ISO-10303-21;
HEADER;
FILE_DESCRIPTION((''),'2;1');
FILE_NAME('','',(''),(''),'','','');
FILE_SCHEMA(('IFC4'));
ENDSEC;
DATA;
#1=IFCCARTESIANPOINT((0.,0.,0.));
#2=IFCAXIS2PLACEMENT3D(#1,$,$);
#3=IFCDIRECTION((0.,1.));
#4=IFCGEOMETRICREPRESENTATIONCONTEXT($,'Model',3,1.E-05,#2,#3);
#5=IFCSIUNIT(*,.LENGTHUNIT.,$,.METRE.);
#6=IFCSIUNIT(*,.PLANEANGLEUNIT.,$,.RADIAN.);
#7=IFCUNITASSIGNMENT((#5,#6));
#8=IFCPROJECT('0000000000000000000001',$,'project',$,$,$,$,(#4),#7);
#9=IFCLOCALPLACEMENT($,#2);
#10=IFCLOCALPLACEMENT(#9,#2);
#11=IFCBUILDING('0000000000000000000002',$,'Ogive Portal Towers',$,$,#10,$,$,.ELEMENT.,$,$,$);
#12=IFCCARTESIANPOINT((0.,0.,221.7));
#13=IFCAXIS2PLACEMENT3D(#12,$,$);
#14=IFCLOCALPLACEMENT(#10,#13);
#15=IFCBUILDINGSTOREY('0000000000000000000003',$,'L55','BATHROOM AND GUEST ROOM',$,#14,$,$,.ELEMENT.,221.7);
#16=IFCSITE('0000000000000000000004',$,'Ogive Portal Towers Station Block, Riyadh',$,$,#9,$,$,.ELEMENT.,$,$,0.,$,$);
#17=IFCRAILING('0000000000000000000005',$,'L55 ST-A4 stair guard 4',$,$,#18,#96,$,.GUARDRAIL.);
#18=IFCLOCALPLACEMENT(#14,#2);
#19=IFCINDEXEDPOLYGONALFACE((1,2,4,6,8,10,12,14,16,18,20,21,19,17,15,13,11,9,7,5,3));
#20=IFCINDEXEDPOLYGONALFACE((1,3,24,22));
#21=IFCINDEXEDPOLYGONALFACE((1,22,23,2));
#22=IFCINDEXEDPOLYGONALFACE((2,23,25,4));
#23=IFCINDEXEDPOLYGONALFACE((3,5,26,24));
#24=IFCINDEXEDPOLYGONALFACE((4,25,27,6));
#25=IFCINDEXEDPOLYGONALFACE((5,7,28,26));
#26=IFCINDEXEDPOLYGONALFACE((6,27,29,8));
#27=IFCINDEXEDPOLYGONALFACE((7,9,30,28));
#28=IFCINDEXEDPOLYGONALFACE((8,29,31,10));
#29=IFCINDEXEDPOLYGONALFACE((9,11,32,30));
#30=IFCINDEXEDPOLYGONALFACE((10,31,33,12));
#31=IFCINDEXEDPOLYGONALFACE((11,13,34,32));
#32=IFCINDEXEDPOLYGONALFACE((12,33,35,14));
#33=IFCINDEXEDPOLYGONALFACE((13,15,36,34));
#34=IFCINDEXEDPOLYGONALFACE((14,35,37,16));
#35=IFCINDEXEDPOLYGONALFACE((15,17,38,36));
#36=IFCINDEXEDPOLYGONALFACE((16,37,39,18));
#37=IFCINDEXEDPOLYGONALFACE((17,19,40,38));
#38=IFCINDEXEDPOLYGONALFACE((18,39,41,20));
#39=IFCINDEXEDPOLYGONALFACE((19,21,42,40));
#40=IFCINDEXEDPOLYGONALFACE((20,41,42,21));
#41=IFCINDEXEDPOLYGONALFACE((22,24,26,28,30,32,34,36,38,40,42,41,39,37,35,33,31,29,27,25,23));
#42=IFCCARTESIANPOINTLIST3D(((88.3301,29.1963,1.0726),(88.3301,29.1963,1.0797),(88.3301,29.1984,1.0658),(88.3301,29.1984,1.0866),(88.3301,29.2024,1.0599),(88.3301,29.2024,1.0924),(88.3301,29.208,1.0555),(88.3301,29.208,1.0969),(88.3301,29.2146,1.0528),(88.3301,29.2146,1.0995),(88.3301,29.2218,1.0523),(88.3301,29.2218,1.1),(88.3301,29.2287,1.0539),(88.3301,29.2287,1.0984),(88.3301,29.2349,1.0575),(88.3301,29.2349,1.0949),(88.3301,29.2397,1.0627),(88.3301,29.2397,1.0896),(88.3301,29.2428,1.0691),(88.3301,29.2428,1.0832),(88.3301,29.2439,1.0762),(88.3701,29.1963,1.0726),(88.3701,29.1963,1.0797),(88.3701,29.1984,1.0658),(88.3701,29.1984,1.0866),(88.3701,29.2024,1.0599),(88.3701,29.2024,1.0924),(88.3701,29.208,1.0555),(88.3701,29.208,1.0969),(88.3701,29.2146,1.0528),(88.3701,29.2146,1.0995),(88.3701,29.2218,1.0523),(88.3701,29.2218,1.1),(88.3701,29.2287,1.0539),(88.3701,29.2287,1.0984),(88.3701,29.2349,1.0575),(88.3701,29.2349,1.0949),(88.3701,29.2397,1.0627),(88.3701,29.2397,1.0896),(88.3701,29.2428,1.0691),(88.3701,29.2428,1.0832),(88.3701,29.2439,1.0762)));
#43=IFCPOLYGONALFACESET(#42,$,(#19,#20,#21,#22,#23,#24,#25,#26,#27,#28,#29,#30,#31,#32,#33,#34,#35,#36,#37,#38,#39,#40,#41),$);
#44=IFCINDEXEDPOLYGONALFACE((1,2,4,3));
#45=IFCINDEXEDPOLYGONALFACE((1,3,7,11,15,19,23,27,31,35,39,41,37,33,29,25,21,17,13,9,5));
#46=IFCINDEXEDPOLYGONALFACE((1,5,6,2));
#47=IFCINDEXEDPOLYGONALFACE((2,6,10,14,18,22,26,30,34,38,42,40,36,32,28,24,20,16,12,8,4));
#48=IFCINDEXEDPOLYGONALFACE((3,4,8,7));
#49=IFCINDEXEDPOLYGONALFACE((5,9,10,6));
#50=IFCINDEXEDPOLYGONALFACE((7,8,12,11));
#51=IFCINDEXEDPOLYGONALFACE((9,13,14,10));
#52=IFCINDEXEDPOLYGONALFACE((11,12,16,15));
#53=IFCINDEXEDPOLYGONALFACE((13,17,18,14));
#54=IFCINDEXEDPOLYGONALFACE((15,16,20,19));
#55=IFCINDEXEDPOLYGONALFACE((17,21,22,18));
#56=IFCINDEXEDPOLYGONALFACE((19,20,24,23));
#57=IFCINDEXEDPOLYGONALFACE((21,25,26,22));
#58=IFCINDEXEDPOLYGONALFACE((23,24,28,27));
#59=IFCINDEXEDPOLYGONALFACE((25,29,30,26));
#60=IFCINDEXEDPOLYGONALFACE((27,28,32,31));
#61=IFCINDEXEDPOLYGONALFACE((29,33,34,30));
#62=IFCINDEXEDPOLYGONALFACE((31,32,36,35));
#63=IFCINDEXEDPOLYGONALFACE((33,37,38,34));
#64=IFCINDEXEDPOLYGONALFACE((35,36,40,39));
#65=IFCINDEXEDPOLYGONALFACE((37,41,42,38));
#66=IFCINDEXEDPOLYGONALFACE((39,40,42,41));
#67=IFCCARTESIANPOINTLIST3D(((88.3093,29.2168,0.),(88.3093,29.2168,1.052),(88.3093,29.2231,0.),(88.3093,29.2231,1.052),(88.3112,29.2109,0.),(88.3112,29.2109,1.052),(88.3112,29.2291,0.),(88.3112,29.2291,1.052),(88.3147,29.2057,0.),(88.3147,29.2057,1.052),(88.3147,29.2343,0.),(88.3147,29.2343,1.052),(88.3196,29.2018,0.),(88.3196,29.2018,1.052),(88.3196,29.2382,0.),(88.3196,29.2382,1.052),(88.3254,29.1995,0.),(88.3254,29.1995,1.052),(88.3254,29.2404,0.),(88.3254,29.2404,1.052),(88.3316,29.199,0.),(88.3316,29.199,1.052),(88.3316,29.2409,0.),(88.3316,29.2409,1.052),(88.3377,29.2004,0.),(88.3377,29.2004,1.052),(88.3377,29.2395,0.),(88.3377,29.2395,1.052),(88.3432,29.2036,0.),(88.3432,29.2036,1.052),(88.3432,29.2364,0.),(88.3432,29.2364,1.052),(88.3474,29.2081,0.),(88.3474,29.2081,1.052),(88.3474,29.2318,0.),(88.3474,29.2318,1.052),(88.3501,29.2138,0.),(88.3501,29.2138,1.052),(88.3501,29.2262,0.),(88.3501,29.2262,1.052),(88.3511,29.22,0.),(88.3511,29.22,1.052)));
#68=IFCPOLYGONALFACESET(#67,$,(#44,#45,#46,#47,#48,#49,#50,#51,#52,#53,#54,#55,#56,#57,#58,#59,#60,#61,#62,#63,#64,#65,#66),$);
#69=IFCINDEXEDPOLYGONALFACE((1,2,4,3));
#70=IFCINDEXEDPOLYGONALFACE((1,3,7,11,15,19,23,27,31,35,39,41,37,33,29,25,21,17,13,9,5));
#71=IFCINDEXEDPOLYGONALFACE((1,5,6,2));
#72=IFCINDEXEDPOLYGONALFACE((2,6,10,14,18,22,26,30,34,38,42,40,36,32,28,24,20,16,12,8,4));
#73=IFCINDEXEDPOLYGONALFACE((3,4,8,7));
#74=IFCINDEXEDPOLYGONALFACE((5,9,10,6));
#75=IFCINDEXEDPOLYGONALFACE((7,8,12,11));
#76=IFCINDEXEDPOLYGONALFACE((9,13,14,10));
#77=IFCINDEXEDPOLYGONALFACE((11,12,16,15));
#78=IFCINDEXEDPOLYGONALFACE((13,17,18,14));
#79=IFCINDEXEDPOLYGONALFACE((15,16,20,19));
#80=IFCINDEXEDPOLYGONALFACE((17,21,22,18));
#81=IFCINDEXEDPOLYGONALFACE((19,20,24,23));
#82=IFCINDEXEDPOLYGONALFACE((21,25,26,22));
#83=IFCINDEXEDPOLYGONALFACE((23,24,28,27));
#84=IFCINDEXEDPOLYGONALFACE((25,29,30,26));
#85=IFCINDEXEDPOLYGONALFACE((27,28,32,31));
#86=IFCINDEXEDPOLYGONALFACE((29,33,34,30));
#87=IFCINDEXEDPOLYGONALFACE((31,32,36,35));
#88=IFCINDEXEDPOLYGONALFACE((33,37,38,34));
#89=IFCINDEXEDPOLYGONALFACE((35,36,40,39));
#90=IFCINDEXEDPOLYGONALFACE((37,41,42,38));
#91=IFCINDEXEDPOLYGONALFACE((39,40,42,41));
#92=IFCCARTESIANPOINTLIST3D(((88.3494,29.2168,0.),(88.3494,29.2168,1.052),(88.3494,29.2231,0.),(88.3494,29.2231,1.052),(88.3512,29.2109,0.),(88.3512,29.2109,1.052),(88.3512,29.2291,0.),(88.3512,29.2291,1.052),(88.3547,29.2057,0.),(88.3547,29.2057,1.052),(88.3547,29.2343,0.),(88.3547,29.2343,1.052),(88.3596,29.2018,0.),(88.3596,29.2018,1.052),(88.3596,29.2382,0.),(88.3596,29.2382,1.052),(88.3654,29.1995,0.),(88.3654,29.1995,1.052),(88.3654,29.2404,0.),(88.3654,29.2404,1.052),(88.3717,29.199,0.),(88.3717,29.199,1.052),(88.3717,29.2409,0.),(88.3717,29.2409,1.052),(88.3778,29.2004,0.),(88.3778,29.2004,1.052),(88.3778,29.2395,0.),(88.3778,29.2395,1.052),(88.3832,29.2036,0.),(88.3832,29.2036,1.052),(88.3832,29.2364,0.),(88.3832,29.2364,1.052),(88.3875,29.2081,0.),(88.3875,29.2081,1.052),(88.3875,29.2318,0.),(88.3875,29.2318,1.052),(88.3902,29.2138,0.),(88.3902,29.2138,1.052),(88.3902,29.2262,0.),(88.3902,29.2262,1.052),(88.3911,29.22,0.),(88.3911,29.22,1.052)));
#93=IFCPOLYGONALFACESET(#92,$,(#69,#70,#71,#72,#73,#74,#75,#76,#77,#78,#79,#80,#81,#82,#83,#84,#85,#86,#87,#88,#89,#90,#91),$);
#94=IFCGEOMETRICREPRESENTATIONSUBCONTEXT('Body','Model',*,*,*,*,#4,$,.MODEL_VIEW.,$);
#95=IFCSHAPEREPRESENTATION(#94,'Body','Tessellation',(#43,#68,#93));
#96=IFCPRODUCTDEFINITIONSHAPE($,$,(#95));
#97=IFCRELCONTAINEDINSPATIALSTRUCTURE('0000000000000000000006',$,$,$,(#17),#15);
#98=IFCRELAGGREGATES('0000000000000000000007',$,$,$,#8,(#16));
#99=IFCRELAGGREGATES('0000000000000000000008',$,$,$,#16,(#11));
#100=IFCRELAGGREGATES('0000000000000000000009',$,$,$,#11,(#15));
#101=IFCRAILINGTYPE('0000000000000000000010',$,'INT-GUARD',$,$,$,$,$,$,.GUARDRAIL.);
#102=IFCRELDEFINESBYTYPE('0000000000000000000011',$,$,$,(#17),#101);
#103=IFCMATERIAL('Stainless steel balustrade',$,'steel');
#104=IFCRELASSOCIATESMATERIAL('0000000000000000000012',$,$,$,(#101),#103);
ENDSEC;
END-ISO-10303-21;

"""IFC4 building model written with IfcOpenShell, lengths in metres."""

from ifc_helpers import new_model, si_unit, direction, frame, origin, origin_2d, place, context, subcontext, project, spatial, circle, extrude, material, type_object, element, save


model = new_model("IFC4")

# Units and contexts
model_context = context("Model", 3, precision=1e-05, world=origin(), true_north=direction((0.0, 1.0)))
body_context = subcontext(model_context, "Body", "Model", "MODEL_VIEW")
ifc_project = project(units=[si_unit("LENGTHUNIT", "METRE"), si_unit("PLANEANGLEUNIT", "RADIAN")], contexts=[model_context])

# Site, building, storey
site_placement = place(None, origin())
site = spatial("IfcSite", under=ifc_project, at=site_placement, Name="Ogive Portal Towers Station Block, Riyadh", CompositionType="ELEMENT", RefElevation=0.0)
building_placement = place(site_placement, origin())
building = spatial("IfcBuilding", under=site, at=building_placement, Name="Ogive Portal Towers", CompositionType="ELEMENT")
storey_placement = place(building_placement, frame((0.0, 0.0, 221.7)))
storey = spatial("IfcBuildingStorey", under=building, at=storey_placement, Name="L55", Description="BATHROOM AND GUEST ROOM", CompositionType="ELEMENT", Elevation=221.7)

# Railing
ifc_material_1 = material(Name="Stainless steel balustrade", Category="steel")
railing_type_1 = type_object("IfcRailingType", Name="INT-GUARD", PredefinedType="GUARDRAIL", material=ifc_material_1)
railing_1_placement = place(storey_placement, frame((88.3301, 29.22, 0.0)))
element("IfcRailing", 1, at=railing_1_placement, inside=storey, type_object=railing_type_1, Name="L55 ST-A4 stair guard 4", PredefinedType="GUARDRAIL", context=body_context, shape_type="SweptSolid", body=[
    extrude(circle(Radius=0.0239, at=origin_2d()), frame((0.0, 0.0, 1.0762), z_axis=(1.0, 0.0, 0.0), x_axis=(0.0, 1.0, 0.0)), (0.0, 0.0, 1.0), 0.04),
    extrude(circle(Radius=0.021, at=origin_2d()), origin(), (0.0, 0.0, 1.0), 1.052),
    extrude(circle(Radius=0.021, at=origin_2d()), frame((0.04, 0.0, 0.0)), (0.0, 0.0, 1.0), 1.052),
])

save(model, "model.ifc")
